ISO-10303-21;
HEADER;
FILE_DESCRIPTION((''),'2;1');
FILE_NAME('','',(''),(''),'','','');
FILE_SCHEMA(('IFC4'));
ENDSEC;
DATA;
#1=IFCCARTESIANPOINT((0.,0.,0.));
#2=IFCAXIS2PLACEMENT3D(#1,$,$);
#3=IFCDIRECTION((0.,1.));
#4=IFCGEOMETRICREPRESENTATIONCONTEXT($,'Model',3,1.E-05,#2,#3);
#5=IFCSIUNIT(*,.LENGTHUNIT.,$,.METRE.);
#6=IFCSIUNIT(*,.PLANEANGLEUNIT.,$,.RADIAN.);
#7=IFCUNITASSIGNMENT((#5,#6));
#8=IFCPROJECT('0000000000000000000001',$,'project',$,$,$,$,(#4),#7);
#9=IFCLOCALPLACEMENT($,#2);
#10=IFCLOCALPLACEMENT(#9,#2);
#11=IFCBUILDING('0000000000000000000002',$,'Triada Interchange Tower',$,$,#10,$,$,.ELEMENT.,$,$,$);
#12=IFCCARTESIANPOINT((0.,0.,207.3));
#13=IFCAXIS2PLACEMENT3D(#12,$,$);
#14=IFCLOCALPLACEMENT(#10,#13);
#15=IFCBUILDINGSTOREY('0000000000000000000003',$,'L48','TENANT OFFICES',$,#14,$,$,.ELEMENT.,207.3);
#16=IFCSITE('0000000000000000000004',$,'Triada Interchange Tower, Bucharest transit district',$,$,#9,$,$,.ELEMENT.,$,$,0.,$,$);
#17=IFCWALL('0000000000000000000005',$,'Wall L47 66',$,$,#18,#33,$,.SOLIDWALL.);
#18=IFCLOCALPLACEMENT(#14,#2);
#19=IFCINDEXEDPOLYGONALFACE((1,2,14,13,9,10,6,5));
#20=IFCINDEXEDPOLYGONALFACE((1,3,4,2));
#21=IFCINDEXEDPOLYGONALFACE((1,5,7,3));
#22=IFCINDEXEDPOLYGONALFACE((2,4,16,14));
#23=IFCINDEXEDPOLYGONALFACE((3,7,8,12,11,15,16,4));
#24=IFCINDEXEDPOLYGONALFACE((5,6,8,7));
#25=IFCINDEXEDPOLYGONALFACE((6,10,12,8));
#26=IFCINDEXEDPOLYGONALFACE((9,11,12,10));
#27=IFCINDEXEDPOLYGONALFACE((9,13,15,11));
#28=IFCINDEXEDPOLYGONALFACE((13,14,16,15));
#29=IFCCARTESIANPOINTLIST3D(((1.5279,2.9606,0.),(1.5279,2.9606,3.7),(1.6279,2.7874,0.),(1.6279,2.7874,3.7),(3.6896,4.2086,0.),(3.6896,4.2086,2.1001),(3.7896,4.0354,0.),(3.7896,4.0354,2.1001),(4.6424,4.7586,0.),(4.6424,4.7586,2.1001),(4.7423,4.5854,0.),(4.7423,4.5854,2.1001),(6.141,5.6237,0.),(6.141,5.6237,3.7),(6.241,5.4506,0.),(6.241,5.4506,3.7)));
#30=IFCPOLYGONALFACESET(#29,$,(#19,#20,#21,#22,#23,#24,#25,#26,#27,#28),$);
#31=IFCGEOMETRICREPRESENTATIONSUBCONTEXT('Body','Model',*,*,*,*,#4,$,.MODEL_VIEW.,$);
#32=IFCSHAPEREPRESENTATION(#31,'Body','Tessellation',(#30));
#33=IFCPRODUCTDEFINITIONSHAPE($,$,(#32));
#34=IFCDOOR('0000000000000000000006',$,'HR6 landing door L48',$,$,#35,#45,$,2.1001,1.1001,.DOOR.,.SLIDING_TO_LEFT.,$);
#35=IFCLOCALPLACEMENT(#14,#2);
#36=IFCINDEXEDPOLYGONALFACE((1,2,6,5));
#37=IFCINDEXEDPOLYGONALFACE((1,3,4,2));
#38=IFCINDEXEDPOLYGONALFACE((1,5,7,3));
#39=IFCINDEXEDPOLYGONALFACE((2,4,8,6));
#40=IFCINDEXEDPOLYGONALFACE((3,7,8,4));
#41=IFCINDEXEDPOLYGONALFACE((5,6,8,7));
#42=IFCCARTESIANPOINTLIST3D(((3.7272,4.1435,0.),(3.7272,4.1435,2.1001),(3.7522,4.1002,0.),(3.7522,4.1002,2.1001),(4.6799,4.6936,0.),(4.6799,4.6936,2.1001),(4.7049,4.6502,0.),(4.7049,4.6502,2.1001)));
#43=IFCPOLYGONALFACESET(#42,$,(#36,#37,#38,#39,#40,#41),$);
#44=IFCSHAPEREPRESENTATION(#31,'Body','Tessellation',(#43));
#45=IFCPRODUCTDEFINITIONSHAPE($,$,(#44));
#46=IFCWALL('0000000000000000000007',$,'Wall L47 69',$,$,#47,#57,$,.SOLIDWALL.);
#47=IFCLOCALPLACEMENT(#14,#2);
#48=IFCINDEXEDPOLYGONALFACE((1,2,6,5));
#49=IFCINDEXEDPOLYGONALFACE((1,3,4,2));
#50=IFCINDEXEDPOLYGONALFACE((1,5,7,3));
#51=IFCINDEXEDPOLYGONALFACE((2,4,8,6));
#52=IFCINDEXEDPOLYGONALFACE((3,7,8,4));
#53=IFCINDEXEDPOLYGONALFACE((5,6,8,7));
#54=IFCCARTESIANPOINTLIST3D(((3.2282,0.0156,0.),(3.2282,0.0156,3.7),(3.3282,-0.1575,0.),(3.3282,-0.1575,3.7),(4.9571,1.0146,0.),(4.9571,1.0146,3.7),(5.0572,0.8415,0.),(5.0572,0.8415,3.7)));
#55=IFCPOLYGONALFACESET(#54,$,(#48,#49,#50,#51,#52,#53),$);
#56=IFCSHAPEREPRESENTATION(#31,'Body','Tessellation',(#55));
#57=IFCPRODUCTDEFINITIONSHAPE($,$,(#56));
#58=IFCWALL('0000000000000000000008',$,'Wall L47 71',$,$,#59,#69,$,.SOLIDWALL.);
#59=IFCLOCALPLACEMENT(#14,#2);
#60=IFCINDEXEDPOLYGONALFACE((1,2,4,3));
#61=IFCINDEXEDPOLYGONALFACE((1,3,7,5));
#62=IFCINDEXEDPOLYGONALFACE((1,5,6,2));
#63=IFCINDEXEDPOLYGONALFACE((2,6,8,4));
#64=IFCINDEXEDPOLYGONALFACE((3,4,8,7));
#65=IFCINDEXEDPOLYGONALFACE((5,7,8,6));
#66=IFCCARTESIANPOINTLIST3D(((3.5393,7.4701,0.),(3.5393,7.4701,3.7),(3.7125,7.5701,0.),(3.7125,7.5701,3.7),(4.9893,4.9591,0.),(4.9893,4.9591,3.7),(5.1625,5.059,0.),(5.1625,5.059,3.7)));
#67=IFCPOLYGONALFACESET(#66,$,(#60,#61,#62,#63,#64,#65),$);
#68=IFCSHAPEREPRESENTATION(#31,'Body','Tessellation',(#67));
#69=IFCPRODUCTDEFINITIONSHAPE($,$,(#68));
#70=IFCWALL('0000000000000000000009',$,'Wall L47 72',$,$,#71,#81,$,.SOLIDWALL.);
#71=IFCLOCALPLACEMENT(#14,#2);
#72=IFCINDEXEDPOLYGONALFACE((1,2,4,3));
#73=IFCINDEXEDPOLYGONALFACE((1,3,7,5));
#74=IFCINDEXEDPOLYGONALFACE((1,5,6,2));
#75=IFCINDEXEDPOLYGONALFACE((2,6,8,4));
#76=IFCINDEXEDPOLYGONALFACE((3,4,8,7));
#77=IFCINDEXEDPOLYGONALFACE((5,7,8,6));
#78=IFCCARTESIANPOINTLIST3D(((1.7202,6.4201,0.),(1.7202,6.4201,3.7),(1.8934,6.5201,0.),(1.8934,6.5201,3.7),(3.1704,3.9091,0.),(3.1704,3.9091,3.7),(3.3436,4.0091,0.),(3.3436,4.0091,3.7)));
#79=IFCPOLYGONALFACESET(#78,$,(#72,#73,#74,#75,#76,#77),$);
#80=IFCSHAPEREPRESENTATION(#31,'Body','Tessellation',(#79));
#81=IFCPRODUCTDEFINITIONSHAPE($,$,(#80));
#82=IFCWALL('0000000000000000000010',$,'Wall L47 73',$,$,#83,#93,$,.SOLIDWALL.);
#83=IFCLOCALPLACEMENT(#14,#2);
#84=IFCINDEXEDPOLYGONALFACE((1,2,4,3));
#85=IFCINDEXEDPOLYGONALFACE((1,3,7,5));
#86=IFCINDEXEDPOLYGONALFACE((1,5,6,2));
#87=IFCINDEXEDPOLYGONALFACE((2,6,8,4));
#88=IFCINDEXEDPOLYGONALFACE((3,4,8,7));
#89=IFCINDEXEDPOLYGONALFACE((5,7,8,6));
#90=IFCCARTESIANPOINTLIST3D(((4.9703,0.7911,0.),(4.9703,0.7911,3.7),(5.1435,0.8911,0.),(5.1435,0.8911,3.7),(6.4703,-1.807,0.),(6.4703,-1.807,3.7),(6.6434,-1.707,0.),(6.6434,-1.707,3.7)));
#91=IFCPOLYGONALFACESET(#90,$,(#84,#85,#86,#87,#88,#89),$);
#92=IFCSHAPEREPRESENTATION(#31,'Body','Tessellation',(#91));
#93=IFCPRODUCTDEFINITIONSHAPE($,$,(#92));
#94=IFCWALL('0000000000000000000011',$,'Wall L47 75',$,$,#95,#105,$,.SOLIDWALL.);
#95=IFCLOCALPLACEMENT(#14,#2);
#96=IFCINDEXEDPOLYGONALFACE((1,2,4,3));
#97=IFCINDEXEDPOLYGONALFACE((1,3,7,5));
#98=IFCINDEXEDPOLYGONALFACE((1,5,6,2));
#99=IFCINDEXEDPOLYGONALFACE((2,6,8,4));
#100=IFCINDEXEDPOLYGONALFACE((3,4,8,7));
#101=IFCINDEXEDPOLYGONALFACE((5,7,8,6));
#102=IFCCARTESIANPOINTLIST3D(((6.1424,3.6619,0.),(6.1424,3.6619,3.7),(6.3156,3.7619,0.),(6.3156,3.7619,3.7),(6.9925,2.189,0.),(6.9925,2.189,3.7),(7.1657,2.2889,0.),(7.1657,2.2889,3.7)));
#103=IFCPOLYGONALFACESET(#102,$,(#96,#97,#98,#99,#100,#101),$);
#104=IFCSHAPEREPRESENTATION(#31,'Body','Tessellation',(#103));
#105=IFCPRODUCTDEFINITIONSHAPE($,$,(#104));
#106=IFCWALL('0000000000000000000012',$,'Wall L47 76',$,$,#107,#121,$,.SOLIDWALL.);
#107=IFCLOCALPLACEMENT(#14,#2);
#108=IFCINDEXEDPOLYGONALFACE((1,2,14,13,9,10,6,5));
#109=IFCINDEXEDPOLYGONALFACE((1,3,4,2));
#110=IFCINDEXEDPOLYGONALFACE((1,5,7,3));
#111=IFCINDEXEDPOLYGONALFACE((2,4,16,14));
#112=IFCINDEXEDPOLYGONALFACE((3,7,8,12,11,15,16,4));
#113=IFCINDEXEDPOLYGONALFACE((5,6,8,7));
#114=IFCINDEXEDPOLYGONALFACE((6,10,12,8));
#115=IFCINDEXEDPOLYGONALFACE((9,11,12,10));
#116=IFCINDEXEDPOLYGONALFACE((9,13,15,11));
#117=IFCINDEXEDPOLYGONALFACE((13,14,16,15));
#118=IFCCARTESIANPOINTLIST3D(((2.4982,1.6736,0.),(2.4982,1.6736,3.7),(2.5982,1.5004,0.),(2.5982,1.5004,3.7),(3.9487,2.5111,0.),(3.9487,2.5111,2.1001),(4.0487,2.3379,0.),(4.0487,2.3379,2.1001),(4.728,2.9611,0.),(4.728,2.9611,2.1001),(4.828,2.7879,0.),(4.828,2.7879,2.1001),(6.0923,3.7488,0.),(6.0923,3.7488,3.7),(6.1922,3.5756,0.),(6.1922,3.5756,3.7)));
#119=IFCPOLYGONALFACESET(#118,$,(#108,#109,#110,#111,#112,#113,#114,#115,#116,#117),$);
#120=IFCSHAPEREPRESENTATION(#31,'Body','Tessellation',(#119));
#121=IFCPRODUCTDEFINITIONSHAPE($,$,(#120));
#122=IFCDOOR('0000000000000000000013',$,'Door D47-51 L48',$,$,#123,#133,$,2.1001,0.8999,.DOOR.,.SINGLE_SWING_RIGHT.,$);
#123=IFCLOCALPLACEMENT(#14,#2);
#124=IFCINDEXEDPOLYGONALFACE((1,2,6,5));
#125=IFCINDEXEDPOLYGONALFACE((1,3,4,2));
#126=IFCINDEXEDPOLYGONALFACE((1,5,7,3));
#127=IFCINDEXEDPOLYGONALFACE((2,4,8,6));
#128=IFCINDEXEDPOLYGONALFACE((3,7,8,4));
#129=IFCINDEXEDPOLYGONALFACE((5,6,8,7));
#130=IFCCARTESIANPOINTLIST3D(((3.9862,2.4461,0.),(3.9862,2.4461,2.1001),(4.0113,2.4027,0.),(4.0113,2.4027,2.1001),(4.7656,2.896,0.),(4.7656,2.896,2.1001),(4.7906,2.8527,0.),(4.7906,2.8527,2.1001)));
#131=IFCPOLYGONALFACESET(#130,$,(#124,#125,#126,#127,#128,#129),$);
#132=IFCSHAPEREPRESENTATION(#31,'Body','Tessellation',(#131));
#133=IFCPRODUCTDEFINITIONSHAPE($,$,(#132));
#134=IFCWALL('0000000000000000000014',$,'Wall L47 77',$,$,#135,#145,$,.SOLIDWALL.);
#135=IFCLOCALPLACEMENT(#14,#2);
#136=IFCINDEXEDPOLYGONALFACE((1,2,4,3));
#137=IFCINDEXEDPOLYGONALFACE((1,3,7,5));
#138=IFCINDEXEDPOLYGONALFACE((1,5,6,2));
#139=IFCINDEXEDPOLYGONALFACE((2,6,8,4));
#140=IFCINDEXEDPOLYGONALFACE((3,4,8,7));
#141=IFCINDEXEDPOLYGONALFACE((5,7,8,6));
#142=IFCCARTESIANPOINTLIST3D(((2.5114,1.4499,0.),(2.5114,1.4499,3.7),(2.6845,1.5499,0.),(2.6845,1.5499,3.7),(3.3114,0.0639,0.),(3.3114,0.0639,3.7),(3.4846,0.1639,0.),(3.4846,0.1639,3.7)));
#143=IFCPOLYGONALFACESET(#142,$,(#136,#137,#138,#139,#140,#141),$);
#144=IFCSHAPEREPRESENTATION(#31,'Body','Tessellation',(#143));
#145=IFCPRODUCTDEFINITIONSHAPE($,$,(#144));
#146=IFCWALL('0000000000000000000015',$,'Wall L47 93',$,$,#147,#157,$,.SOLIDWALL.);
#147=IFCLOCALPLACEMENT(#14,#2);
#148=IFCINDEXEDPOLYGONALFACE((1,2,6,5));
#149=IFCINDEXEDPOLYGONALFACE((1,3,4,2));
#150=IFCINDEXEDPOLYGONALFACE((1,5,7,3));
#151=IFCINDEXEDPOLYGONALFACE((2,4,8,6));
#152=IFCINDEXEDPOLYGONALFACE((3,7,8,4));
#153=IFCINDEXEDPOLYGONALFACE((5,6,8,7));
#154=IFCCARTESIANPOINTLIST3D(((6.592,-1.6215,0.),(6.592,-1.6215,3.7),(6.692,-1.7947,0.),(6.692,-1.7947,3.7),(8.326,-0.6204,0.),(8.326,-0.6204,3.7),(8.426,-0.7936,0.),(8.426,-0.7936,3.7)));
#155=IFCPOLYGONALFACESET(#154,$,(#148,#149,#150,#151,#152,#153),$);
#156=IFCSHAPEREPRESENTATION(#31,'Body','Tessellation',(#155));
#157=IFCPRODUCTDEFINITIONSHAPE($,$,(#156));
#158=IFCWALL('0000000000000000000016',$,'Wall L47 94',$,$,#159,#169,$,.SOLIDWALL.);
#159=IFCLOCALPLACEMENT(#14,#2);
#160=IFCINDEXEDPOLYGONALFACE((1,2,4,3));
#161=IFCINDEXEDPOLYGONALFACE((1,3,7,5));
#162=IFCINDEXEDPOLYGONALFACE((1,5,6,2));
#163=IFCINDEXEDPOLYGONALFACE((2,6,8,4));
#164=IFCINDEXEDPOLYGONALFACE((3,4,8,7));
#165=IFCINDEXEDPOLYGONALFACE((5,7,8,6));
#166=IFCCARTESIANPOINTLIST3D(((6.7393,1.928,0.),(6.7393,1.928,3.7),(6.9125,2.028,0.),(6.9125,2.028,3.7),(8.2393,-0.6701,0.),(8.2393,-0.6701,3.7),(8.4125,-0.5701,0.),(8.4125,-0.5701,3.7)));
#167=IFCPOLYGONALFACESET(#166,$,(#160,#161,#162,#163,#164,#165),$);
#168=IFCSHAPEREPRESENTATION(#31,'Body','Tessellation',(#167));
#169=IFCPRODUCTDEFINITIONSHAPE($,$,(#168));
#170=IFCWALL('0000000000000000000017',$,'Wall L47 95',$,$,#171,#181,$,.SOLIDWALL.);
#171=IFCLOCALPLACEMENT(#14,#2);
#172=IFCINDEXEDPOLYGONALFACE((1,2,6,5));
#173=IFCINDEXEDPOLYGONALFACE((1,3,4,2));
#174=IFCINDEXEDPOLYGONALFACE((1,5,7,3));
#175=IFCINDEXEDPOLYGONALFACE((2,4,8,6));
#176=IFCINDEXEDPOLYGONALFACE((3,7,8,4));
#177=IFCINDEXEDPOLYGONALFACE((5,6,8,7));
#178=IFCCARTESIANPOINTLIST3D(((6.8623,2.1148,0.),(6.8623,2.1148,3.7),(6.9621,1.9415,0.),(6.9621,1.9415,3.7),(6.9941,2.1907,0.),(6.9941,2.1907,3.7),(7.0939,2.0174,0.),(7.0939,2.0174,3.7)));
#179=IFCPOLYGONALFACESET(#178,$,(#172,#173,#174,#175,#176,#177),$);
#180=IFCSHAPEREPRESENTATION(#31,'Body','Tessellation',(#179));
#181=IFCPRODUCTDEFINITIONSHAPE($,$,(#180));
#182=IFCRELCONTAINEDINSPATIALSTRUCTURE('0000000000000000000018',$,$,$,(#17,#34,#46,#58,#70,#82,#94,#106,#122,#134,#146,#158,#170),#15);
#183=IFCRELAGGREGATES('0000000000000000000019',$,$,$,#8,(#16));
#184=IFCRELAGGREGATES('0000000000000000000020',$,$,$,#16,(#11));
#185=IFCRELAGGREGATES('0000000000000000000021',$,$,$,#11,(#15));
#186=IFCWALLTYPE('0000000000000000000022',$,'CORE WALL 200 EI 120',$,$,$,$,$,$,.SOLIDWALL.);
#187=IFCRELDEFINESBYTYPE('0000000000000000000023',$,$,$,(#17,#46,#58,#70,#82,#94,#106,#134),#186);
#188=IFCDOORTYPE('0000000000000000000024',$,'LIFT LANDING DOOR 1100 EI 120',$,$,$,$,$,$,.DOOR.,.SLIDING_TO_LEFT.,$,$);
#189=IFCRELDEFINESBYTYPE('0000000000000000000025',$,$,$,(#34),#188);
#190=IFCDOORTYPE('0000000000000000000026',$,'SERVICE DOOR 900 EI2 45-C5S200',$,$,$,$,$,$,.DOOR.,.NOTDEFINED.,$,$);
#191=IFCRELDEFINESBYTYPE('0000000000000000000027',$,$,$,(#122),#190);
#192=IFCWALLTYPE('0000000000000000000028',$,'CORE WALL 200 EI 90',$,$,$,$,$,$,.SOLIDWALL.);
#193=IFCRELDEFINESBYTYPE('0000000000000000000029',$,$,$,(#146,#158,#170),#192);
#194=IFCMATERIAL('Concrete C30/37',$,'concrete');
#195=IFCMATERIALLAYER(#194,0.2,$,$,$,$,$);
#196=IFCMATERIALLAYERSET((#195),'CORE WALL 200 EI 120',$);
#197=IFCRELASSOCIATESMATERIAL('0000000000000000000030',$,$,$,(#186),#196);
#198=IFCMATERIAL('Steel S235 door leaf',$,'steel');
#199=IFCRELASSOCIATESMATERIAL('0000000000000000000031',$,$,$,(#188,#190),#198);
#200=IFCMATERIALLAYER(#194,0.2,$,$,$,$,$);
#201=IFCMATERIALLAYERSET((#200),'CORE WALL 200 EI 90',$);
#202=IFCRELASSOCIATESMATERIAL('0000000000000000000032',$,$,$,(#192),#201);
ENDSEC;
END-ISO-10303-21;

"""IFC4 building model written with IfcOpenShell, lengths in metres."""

from ifc_helpers import new_model, si_unit, direction, frame, frame_2d, origin, place, context, subcontext, project, spatial, rectangle, extrude, material, layer, layer_set, type_object, element, fill, save


model = new_model("IFC4")

# Units and contexts
model_context = context("Model", 3, precision=1e-05, world=origin(), true_north=direction((0.0, 1.0)))
body_context = subcontext(model_context, "Body", "Model", "MODEL_VIEW")
ifc_project = project(units=[si_unit("LENGTHUNIT", "METRE"), si_unit("PLANEANGLEUNIT", "RADIAN")], contexts=[model_context])

# Site, building, storey
site_placement = place(None, origin())
site = spatial("IfcSite", under=ifc_project, at=site_placement, Name="Triada Interchange Tower, Bucharest transit district", CompositionType="ELEMENT", RefElevation=0.0)
building_placement = place(site_placement, origin())
building = spatial("IfcBuilding", under=site, at=building_placement, Name="Triada Interchange Tower", CompositionType="ELEMENT")
storey_placement = place(building_placement, frame((0.0, 0.0, 207.3)))
storey = spatial("IfcBuildingStorey", under=building, at=storey_placement, Name="L48", Description="TENANT OFFICES", CompositionType="ELEMENT", Elevation=207.3)

# Shared definitions
ifc_material_1 = material(Name="Concrete C30/37", Category="concrete")
ifc_layer_1 = layer(ifc_material_1, 0.2)
ifc_layer_set_1 = layer_set([ifc_layer_1], Name="CORE WALL 200 EI 120")
wall_type_1 = type_object("IfcWallType", Name="CORE WALL 200 EI 120", PredefinedType="SOLIDWALL", material=ifc_layer_set_1)
ifc_material_2 = material(Name="Steel S235 door leaf", Category="steel")
door_type_1 = type_object("IfcDoorType", Name="LIFT LANDING DOOR 1100 EI 120", OperationType="SLIDING_TO_LEFT", PredefinedType="DOOR", material=ifc_material_2)

# Wall, opening, door
wall_1_placement = place(storey_placement, frame((1.5779, 2.874, 0.0), z_axis=(0.0, 0.0, 1.0), x_axis=(0.866046, 0.499964, 0.0)))
wall_1 = element("IfcWall", 1, at=wall_1_placement, inside=storey, type_object=wall_type_1, Name="Wall L47 66", PredefinedType="SOLIDWALL", context=body_context, shape_type="SweptSolid", body=[
    extrude(rectangle(XDim=5.3267, YDim=0.2, at=frame_2d((2.6633, 0.0))), origin(), (0.0, 0.0, 1.0), 3.7),
])
opening_1_placement = place(wall_1_placement, frame((2.4961, 0.0, 0.0)))
opening_1 = element("IfcOpeningElement", 2, at=opening_1_placement, cuts=wall_1, PredefinedType="OPENING", context=body_context, shape_type="SweptSolid", body=[
    extrude(rectangle(XDim=1.1001, YDim=2.1001, at=frame_2d((0.55, 1.05))), frame((0.0, 0.1099, 0.0), z_axis=(0.0, -1.0, 0.0), x_axis=(1.0, 0.0, 0.0)), (0.0, 0.0, 1.0), 0.22),
])
door_1_placement = place(opening_1_placement, origin())
door_1 = element("IfcDoor", 3, at=door_1_placement, inside=storey, type_object=door_type_1, Name="HR6 landing door L48", OperationType="SLIDING_TO_LEFT", OverallHeight=2.1001, OverallWidth=1.1001, PredefinedType="DOOR", context=body_context, shape_type="SweptSolid", body=[
    extrude(rectangle(XDim=1.1001, YDim=2.1001, at=frame_2d((0.55, 1.05))), frame((0.0, 0.0249, 0.0), z_axis=(0.0, -1.0, 0.0), x_axis=(1.0, 0.0, 0.0)), (0.0, 0.0, 1.0), 0.05),
])
fill(opening_1, door_1)

# Walls
wall_2_placement = place(storey_placement, frame((3.2781, -0.071, 0.0), z_axis=(0.0, 0.0, 1.0), x_axis=(0.865856, 0.500294, 0.0)))
element("IfcWall", 4, at=wall_2_placement, inside=storey, type_object=wall_type_1, Name="Wall L47 69", PredefinedType="SOLIDWALL", context=body_context, shape_type="SweptSolid", body=[
    extrude(rectangle(XDim=1.9968, YDim=0.2, at=frame_2d((0.9985, 0.0))), origin(), (0.0, 0.0, 1.0), 3.7),
])
for number, where, z_axis, x_axis, name in (
    (5, (3.626, 7.52, 0.0), (0.0, 0.0, 1.0), (0.50006, -0.865991, 0.0), "Wall L47 71"),
    (6, (1.8069, 6.47, 0.0), (0.0, 0.0, 1.0), (0.500123, -0.865954, 0.0), "Wall L47 72"),
):
    element("IfcWall", number, at=place(storey_placement, frame(where, z_axis=z_axis, x_axis=x_axis)), inside=storey, type_object=wall_type_1, Name=name, PredefinedType="SOLIDWALL", context=body_context, shape_type="SweptSolid", body=[
        extrude(rectangle(XDim=2.8997, YDim=0.2, at=frame_2d((1.4497, 0.0))), origin(), (0.0, 0.0, 1.0), 3.7),
    ])
wall_3_placement = place(storey_placement, frame((5.0569, 0.8411, 0.0), z_axis=(0.0, 0.0, 1.0), x_axis=(0.49999, -0.866031, 0.0)))
element("IfcWall", 7, at=wall_3_placement, inside=storey, type_object=wall_type_1, Name="Wall L47 73", PredefinedType="SOLIDWALL", context=body_context, shape_type="SweptSolid", body=[
    extrude(rectangle(XDim=3.0, YDim=0.2, at=frame_2d((1.5, 0.0))), origin(), (0.0, 0.0, 1.0), 3.7),
])
wall_4_placement = place(storey_placement, frame((6.229, 3.7119, 0.0), z_axis=(0.0, 0.0, 1.0), x_axis=(0.499876, -0.866097, 0.0)))
element("IfcWall", 8, at=wall_4_placement, inside=storey, type_object=wall_type_1, Name="Wall L47 75", PredefinedType="SOLIDWALL", context=body_context, shape_type="SweptSolid", body=[
    extrude(rectangle(XDim=1.7007, YDim=0.2, at=frame_2d((0.8503, 0.0))), origin(), (0.0, 0.0, 1.0), 3.7),
])

# Wall, opening, door
wall_5_placement = place(storey_placement, frame((2.5481, 1.5869, 0.0), z_axis=(0.0, 0.0, 1.0), x_axis=(0.866004, 0.500036, 0.0)))
wall_5 = element("IfcWall", 9, at=wall_5_placement, inside=storey, type_object=wall_type_1, Name="Wall L47 76", PredefinedType="SOLIDWALL", context=body_context, shape_type="SweptSolid", body=[
    extrude(rectangle(XDim=4.1501, YDim=0.2, at=frame_2d((2.0752, 0.0))), origin(), (0.0, 0.0, 1.0), 3.7),
])
opening_2_placement = place(wall_5_placement, frame((1.675, 0.0, 0.0)))
opening_2 = element("IfcOpeningElement", 10, at=opening_2_placement, cuts=wall_5, PredefinedType="OPENING", context=body_context, shape_type="SweptSolid", body=[
    extrude(rectangle(XDim=0.8999, YDim=2.1001, at=frame_2d((0.45, 1.05))), frame((0.0, 0.1099, 0.0), z_axis=(0.0, -1.0, 0.0), x_axis=(1.0, 0.0, 0.0)), (0.0, 0.0, 1.0), 0.22),
])
door_type_2 = type_object("IfcDoorType", Name="SERVICE DOOR 900 EI2 45-C5S200", OperationType="NOTDEFINED", PredefinedType="DOOR", material=ifc_material_2)
door_2_placement = place(opening_2_placement, origin())
door_2 = element("IfcDoor", 11, at=door_2_placement, inside=storey, type_object=door_type_2, Name="Door D47-51 L48", OperationType="SINGLE_SWING_RIGHT", OverallHeight=2.1001, OverallWidth=0.8999, PredefinedType="DOOR", context=body_context, shape_type="SweptSolid", body=[
    extrude(rectangle(XDim=0.8999, YDim=2.1001, at=frame_2d((0.45, 1.05))), frame((0.0, 0.0249, 0.0), z_axis=(0.0, -1.0, 0.0), x_axis=(1.0, 0.0, 0.0)), (0.0, 0.0, 1.0), 0.05),
])
fill(opening_2, door_2)

# Walls
wall_6_placement = place(storey_placement, frame((2.5979, 1.5, 0.0), z_axis=(0.0, 0.0, 1.0), x_axis=(0.499929, -0.866066, 0.0)))
element("IfcWall", 12, at=wall_6_placement, inside=storey, type_object=wall_type_1, Name="Wall L47 77", PredefinedType="SOLIDWALL", context=body_context, shape_type="SweptSolid", body=[
    extrude(rectangle(XDim=1.6003, YDim=0.2, at=frame_2d((0.8003, 0.0))), origin(), (0.0, 0.0, 1.0), 3.7),
])
ifc_layer_2 = layer(ifc_material_1, 0.2)
ifc_layer_set_2 = layer_set([ifc_layer_2], Name="CORE WALL 200 EI 90")
wall_type_2 = type_object("IfcWallType", Name="CORE WALL 200 EI 90", PredefinedType="SOLIDWALL", material=ifc_layer_set_2)
wall_7_placement = place(storey_placement, frame((6.6421, -1.708, 0.0), z_axis=(0.0, 0.0, 1.0), x_axis=(0.866043, 0.499969, 0.0)))
element("IfcWall", 13, at=wall_7_placement, inside=storey, type_object=wall_type_2, Name="Wall L47 93", PredefinedType="SOLIDWALL", context=body_context, shape_type="SweptSolid", body=[
    extrude(rectangle(XDim=2.0022, YDim=0.2, at=frame_2d((1.001, 0.0))), origin(), (0.0, 0.0, 1.0), 3.7),
])
wall_8_placement = place(storey_placement, frame((6.8259, 1.978, 0.0), z_axis=(0.0, 0.0, 1.0), x_axis=(0.49999, -0.866031, 0.0)))
element("IfcWall", 14, at=wall_8_placement, inside=storey, type_object=wall_type_2, Name="Wall L47 94", PredefinedType="SOLIDWALL", context=body_context, shape_type="SweptSolid", body=[
    extrude(rectangle(XDim=3.0, YDim=0.2, at=frame_2d((1.5, 0.0))), origin(), (0.0, 0.0, 1.0), 3.7),
])
wall_9_placement = place(storey_placement, frame((6.9121, 2.0281, 0.0), z_axis=(0.0, 0.0, 1.0), x_axis=(0.866559, 0.499074, 0.0)))
element("IfcWall", 15, at=wall_9_placement, inside=storey, type_object=wall_type_2, Name="Wall L47 95", PredefinedType="SOLIDWALL", context=body_context, shape_type="SweptSolid", body=[
    extrude(rectangle(XDim=0.1521, YDim=0.2, at=frame_2d((0.0762, 0.0))), origin(), (0.0, 0.0, 1.0), 3.7),
])

save(model, "model.ifc")
